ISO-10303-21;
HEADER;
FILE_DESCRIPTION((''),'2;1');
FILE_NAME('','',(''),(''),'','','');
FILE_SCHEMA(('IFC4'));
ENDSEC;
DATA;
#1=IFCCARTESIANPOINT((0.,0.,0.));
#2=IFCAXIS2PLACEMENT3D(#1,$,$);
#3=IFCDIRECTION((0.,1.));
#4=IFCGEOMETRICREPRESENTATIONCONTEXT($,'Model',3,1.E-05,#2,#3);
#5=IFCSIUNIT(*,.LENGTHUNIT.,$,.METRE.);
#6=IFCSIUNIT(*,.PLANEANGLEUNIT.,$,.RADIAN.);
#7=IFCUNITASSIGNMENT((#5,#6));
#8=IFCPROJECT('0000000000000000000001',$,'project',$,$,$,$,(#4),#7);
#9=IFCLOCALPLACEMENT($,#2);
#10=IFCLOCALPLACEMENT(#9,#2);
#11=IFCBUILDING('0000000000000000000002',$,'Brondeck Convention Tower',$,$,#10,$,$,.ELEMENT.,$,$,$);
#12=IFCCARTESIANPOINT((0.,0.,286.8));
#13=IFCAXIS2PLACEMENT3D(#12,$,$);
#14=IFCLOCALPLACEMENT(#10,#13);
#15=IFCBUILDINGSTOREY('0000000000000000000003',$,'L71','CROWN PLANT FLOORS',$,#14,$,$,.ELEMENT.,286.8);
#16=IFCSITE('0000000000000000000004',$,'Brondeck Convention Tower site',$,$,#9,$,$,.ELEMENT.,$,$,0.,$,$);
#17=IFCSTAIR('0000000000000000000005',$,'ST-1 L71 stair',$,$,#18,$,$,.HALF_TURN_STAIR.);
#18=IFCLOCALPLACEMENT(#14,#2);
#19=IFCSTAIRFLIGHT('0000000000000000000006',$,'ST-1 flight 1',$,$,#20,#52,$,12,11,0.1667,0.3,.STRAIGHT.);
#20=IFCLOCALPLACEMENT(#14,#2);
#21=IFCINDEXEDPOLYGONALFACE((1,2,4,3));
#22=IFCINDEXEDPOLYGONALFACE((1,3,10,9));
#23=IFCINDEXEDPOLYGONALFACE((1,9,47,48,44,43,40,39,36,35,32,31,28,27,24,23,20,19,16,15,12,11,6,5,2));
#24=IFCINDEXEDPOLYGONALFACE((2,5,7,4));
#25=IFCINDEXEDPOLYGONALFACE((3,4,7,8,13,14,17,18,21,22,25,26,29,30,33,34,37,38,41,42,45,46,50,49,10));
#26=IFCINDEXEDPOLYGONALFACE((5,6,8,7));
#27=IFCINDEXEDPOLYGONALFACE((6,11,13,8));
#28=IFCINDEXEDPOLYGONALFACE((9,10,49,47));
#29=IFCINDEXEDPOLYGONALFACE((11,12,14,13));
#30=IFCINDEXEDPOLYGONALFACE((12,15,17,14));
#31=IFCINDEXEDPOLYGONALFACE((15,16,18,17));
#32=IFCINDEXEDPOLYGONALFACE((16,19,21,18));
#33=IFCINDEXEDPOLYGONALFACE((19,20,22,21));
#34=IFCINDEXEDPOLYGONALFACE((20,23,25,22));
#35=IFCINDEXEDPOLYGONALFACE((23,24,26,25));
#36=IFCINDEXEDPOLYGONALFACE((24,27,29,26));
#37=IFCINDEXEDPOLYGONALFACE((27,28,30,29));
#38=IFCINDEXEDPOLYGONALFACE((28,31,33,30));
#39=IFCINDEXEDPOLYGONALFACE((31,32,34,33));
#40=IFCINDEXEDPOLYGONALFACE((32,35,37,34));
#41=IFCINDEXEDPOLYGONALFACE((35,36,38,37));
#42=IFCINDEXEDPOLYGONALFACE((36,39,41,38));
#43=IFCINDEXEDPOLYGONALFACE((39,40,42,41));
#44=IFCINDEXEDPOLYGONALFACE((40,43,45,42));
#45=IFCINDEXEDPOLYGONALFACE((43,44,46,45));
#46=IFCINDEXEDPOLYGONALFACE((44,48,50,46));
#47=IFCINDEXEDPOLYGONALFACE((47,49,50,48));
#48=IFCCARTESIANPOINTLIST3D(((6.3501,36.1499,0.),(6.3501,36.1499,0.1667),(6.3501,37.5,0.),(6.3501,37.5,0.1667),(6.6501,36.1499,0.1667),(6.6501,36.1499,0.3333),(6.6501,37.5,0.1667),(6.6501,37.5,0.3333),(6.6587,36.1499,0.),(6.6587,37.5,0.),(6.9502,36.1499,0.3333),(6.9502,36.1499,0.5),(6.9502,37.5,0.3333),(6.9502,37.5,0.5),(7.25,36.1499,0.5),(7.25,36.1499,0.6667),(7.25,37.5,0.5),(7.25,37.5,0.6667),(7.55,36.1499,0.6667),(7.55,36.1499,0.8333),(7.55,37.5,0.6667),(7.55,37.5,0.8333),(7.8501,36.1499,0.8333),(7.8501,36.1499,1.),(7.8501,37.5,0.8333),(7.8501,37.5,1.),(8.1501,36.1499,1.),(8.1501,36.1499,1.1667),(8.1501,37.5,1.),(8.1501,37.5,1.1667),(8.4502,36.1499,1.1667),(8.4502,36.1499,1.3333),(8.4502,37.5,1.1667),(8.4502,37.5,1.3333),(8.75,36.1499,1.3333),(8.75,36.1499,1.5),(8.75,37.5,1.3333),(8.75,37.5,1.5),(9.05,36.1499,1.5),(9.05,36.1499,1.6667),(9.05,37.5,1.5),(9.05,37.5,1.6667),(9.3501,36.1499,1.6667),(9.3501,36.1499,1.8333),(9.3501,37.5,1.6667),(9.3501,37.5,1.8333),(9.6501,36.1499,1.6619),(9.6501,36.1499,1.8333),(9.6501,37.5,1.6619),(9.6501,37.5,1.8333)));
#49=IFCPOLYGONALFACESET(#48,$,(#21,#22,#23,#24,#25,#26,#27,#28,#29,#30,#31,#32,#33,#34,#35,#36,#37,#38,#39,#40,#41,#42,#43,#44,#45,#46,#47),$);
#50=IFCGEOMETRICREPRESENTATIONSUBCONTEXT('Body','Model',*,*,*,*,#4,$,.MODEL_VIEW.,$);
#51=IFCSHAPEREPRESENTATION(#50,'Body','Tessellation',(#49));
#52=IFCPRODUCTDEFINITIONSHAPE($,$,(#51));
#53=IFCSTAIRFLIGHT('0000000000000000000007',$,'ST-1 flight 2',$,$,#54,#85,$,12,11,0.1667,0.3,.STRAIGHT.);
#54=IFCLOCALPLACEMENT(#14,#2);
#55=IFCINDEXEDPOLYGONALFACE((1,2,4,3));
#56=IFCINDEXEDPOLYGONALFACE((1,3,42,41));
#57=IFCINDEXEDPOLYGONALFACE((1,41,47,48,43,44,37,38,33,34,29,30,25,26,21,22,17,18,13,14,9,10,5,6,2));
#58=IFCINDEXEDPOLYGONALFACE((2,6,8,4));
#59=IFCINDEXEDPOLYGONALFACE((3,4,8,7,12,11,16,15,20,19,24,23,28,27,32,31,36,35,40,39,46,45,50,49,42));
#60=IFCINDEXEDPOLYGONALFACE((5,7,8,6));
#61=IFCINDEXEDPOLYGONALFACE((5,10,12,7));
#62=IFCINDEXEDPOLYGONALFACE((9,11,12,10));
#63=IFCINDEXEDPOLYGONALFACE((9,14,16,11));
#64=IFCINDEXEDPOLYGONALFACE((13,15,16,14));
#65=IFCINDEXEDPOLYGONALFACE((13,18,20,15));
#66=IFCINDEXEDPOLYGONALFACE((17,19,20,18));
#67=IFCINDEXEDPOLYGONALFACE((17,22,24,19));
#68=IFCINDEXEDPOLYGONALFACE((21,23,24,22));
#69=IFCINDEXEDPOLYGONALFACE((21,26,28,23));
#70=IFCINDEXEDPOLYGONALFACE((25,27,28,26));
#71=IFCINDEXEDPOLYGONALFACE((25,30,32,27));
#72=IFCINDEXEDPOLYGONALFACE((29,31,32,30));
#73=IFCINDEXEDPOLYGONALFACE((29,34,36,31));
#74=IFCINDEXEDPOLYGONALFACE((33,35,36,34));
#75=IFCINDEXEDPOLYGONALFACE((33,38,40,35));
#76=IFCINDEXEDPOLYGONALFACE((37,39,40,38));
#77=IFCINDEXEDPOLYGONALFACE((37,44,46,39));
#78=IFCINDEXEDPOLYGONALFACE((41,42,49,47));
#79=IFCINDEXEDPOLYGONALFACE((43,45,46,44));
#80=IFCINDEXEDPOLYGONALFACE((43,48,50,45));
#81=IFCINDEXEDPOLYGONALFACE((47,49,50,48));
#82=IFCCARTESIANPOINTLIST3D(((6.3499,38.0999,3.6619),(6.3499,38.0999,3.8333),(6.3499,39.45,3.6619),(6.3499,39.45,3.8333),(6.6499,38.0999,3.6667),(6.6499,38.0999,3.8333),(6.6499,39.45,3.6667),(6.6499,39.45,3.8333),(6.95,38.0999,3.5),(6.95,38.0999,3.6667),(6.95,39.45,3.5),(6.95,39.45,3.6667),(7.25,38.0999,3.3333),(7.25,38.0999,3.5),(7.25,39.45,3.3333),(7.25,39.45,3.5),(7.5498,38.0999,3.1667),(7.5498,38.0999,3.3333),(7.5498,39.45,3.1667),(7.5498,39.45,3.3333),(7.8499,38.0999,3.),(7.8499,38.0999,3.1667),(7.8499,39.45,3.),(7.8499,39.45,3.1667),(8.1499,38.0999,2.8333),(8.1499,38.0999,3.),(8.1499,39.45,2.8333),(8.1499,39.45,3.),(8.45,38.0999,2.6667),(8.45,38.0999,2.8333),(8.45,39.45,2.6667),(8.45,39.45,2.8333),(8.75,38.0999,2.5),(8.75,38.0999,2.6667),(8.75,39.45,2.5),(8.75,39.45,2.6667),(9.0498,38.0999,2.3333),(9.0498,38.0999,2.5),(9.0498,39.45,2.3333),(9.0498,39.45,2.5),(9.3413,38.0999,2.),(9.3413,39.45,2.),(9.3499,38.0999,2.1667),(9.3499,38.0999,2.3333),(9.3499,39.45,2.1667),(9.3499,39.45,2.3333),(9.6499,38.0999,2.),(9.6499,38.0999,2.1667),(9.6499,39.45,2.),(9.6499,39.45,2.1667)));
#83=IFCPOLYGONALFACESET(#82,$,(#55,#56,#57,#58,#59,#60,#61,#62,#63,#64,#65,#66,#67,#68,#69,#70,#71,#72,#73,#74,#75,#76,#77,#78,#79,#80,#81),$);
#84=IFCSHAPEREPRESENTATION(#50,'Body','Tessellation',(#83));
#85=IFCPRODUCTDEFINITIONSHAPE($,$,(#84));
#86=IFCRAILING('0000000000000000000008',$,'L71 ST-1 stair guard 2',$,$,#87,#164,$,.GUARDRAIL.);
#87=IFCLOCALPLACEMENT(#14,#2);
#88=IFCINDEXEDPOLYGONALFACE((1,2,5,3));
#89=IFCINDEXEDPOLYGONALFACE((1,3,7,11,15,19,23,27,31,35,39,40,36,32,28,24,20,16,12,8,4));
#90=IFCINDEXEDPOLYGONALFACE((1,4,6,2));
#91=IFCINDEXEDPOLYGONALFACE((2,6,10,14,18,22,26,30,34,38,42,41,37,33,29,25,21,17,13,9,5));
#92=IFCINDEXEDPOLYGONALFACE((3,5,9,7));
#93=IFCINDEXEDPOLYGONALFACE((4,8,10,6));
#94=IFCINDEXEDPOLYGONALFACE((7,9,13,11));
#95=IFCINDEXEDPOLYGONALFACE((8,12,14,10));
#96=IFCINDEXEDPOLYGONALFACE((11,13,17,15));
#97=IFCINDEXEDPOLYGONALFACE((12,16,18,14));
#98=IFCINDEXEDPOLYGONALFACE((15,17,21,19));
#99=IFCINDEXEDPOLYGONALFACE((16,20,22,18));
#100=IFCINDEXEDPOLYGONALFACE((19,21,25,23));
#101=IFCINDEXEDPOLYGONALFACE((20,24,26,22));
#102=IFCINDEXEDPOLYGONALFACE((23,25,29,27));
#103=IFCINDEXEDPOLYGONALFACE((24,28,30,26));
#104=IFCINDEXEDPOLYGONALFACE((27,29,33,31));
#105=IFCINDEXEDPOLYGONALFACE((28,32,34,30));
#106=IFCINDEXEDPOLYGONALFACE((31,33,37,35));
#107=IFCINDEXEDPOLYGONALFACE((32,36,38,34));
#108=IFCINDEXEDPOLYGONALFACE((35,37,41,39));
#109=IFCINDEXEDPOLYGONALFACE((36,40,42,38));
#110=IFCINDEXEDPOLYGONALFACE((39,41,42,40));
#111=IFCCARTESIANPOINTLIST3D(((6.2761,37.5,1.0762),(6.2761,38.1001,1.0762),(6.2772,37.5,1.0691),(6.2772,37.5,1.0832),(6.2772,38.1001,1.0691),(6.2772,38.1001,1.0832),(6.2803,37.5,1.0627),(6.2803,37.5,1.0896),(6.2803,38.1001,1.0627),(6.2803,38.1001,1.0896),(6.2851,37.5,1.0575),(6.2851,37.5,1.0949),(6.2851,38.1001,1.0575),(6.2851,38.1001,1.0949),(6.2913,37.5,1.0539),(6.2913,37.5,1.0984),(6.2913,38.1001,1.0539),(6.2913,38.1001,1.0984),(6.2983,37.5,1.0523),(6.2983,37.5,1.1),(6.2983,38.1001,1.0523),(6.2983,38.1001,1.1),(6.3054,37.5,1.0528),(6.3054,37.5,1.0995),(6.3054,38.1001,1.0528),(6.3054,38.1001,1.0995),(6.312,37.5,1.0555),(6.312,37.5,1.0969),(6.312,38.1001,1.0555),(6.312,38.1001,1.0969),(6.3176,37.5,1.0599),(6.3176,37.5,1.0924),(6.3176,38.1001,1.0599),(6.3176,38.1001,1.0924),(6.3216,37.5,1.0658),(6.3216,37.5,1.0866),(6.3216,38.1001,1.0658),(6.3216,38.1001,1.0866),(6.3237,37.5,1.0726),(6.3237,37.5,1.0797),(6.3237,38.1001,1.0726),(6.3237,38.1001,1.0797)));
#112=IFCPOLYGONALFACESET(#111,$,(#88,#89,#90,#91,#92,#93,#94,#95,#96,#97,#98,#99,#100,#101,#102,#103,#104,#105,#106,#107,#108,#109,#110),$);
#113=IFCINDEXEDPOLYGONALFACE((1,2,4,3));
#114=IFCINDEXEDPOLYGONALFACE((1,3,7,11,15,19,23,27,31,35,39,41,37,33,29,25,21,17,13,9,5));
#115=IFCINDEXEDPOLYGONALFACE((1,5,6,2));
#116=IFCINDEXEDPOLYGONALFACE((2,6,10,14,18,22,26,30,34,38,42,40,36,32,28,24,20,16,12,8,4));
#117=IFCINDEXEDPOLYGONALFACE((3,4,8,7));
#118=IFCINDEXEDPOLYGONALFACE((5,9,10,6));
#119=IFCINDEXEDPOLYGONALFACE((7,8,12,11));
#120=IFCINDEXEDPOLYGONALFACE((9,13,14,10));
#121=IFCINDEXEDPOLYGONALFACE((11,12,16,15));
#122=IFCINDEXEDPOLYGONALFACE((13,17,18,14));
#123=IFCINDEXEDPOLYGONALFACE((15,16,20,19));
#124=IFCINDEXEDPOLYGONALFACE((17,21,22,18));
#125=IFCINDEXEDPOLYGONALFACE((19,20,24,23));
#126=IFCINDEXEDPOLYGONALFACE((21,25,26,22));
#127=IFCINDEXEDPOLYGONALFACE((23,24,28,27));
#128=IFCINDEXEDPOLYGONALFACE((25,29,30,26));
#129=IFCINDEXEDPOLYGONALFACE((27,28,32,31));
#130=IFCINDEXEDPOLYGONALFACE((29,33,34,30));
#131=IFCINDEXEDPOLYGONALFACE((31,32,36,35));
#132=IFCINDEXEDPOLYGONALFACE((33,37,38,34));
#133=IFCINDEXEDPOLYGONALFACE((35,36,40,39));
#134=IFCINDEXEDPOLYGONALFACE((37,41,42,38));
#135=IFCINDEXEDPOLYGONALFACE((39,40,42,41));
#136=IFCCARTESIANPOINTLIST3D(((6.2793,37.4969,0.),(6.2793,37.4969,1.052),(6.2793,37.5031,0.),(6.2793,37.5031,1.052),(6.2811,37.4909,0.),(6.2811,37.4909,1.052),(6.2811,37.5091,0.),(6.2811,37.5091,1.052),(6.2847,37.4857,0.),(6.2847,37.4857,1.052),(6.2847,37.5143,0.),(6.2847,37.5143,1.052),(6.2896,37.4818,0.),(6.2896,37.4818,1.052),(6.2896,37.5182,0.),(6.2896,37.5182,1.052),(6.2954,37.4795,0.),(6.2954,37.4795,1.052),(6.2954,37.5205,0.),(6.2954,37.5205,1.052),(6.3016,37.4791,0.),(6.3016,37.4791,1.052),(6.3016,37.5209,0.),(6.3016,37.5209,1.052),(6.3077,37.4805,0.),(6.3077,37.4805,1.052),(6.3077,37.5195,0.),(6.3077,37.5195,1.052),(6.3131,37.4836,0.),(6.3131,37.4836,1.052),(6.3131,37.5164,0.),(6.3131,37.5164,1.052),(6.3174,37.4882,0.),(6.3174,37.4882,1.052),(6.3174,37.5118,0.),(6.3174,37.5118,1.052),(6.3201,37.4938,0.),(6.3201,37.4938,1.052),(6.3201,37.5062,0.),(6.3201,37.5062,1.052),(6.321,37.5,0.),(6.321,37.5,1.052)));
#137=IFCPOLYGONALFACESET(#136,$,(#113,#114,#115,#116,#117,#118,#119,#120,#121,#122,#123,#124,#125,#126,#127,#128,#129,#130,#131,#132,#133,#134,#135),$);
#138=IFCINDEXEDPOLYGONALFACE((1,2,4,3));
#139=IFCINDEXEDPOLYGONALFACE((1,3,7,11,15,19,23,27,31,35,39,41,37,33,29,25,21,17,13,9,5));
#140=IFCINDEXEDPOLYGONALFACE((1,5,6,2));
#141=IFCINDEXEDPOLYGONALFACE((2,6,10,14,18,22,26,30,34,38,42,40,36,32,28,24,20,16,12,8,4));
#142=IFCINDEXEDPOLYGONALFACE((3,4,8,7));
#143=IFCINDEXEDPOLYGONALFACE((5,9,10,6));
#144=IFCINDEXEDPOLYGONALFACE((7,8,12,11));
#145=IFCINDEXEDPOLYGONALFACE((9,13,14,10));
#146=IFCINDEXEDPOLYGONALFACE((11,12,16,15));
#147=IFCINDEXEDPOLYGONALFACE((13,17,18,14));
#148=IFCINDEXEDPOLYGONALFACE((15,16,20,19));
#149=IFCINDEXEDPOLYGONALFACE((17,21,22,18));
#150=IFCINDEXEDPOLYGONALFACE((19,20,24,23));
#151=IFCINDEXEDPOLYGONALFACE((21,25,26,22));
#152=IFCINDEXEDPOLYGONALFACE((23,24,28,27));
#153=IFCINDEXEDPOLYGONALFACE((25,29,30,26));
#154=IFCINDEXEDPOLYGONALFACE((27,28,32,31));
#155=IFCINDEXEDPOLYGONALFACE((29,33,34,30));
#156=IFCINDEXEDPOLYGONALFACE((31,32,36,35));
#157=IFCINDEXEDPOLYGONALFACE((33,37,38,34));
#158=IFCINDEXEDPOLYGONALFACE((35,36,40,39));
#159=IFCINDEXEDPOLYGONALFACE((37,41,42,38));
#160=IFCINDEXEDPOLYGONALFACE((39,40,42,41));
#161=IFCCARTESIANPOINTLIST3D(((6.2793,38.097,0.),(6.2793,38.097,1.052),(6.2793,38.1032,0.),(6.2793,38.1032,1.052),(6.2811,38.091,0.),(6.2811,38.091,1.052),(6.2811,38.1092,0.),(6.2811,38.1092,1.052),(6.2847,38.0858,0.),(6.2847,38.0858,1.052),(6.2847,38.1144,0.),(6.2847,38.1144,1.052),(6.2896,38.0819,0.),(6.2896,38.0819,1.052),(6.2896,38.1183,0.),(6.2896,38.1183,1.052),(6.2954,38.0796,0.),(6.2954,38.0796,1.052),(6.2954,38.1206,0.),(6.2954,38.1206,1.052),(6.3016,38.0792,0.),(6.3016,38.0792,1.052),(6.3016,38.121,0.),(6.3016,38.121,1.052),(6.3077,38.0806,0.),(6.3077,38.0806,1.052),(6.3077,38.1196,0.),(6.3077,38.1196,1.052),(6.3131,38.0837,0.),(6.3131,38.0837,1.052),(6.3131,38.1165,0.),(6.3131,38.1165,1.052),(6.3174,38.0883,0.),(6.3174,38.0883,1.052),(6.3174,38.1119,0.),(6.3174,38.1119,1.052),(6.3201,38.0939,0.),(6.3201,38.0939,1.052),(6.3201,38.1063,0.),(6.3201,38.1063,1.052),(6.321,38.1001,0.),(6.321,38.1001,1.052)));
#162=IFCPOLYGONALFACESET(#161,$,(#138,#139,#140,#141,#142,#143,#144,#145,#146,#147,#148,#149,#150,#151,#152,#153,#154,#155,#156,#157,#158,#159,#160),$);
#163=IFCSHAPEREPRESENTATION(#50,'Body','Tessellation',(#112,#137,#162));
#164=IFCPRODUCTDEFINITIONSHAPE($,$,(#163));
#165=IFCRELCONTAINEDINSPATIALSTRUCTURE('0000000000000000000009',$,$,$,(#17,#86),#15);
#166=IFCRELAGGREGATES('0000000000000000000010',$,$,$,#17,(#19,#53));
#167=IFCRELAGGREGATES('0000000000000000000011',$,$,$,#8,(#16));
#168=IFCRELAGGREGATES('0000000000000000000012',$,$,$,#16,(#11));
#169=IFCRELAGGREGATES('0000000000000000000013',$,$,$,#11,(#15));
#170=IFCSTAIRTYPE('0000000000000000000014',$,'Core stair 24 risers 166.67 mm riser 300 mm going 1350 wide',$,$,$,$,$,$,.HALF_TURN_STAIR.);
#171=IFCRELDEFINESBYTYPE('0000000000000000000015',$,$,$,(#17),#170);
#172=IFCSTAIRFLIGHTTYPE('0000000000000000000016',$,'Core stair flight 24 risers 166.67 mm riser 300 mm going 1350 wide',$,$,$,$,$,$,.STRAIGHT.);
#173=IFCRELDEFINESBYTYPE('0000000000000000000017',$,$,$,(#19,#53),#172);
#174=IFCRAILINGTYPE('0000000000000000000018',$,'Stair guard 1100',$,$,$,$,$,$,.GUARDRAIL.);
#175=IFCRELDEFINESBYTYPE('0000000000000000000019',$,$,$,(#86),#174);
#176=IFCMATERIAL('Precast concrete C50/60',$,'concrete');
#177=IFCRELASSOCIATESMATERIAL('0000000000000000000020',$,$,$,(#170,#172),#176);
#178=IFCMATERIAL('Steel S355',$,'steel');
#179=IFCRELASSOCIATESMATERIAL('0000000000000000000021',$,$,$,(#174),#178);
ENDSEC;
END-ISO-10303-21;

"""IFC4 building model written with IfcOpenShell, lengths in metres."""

from ifc_helpers import new_model, si_unit, direction, frame, origin, origin_2d, place, context, subcontext, project, spatial, polyline, circle, outline, extrude, material, type_object, element, aggregate, save


model = new_model("IFC4")

# Units and contexts
model_context = context("Model", 3, precision=1e-05, world=origin(), true_north=direction((0.0, 1.0)))
body_context = subcontext(model_context, "Body", "Model", "MODEL_VIEW")
ifc_project = project(units=[si_unit("LENGTHUNIT", "METRE"), si_unit("PLANEANGLEUNIT", "RADIAN")], contexts=[model_context])

# Site, building, storey
site_placement = place(None, origin())
site = spatial("IfcSite", under=ifc_project, at=site_placement, Name="Brondeck Convention Tower site", CompositionType="ELEMENT", RefElevation=0.0)
building_placement = place(site_placement, origin())
building = spatial("IfcBuilding", under=site, at=building_placement, Name="Brondeck Convention Tower", CompositionType="ELEMENT")
storey_placement = place(building_placement, frame((0.0, 0.0, 286.8)))
storey = spatial("IfcBuildingStorey", under=building, at=storey_placement, Name="L71", Description="CROWN PLANT FLOORS", CompositionType="ELEMENT", Elevation=286.8)

# Stair, stair flights
ifc_material_1 = material(Name="Precast concrete C50/60", Category="concrete")
stair_type = type_object("IfcStairType", Name="Core stair 24 risers 166.67 mm riser 300 mm going 1350 wide", PredefinedType="HALF_TURN_STAIR", material=ifc_material_1)
stair_placement = place(storey_placement, origin())
stair = element("IfcStair", 1, at=stair_placement, inside=storey, type_object=stair_type, Name="ST-1 L71 stair", PredefinedType="HALF_TURN_STAIR")
stair_flight_type = type_object("IfcStairFlightType", Name="Core stair flight 24 risers 166.67 mm riser 300 mm going 1350 wide", PredefinedType="STRAIGHT", material=ifc_material_1)
stair_flight_1_placement = place(storey_placement, frame((6.3501, 36.825, 0.0), z_axis=(0.0, 0.0, 1.0), x_axis=(1.0, 0.0, 0.0)))
stair_flight_1 = element("IfcStairFlight", 2, at=stair_flight_1_placement, type_object=stair_flight_type, Name="ST-1 flight 1", NumberOfRisers=12, NumberOfTreads=11, PredefinedType="STRAIGHT", RiserHeight=0.1667, TreadLength=0.3, context=body_context, shape_type="SweptSolid", body=[
    extrude(outline(polyline([(0.0, 0.0), (0.0, 0.1667), (0.3, 0.1667), (0.3, 0.3333), (0.6001, 0.3333), (0.6001, 0.5), (0.8999, 0.5), (0.8999, 0.6667), (1.2, 0.6667), (1.2, 0.8333), (1.5, 0.8333), (1.5, 1.0), (1.8, 1.0), (1.8, 1.1667), (2.1001, 1.1667), (2.1001, 1.3333), (2.3999, 1.3333), (2.3999, 1.5), (2.7, 1.5), (2.7, 1.6667), (3.0, 1.6667), (3.0, 1.8333), (3.3, 1.8333), (3.3, 2.0), (3.3, 1.6619), (0.3086, 0.0), (0.0, 0.0)])), frame((0.0, 0.675, 0.0), z_axis=(0.0, -1.0, 0.0), x_axis=(1.0, 0.0, 0.0)), (0.0, 0.0, 1.0), 1.3501),
])
stair_flight_2_placement = place(storey_placement, frame((9.6499, 38.7749, 2.0), z_axis=(0.0, 0.0, 1.0), x_axis=(-1.0, 0.0, 0.0)))
stair_flight_2 = element("IfcStairFlight", 3, at=stair_flight_2_placement, type_object=stair_flight_type, Name="ST-1 flight 2", NumberOfRisers=12, NumberOfTreads=11, PredefinedType="STRAIGHT", RiserHeight=0.1667, TreadLength=0.3, context=body_context, shape_type="SweptSolid", body=[
    extrude(outline(polyline([(0.0, 0.0), (0.0, 0.1667), (0.3, 0.1667), (0.3, 0.3333), (0.6001, 0.3333), (0.6001, 0.5), (0.8999, 0.5), (0.8999, 0.6667), (1.2, 0.6667), (1.2, 0.8333), (1.5, 0.8333), (1.5, 1.0), (1.8, 1.0), (1.8, 1.1667), (2.1001, 1.1667), (2.1001, 1.3333), (2.3999, 1.3333), (2.3999, 1.5), (2.7, 1.5), (2.7, 1.6667), (3.0, 1.6667), (3.0, 1.8333), (3.3, 1.8333), (3.3, 2.0), (3.3, 1.6619), (0.3086, 0.0), (0.0, 0.0)])), frame((0.0, 0.675, 0.0), z_axis=(0.0, -1.0, 0.0), x_axis=(1.0, 0.0, 0.0)), (0.0, 0.0, 1.0), 1.3501),
])
aggregate(stair, [stair_flight_1, stair_flight_2])

# Railing
ifc_material_2 = material(Name="Steel S355", Category="steel")
railing_type_1 = type_object("IfcRailingType", Name="Stair guard 1100", PredefinedType="GUARDRAIL", material=ifc_material_2)
railing_1_placement = place(storey_placement, frame((6.3, 37.5, 0.0)))
element("IfcRailing", 4, at=railing_1_placement, inside=storey, type_object=railing_type_1, Name="L71 ST-1 stair guard 2", PredefinedType="GUARDRAIL", context=body_context, shape_type="SweptSolid", body=[
    extrude(circle(Radius=0.0239, at=origin_2d()), frame((0.0, 0.0, 1.0762), z_axis=(0.0, 1.0, 0.0), x_axis=(-1.0, 0.0, 0.0)), (0.0, 0.0, 1.0), 0.6001),
    extrude(circle(Radius=0.021, at=origin_2d()), origin(), (0.0, 0.0, 1.0), 1.052),
    extrude(circle(Radius=0.021, at=origin_2d()), frame((0.0, 0.6001, 0.0)), (0.0, 0.0, 1.0), 1.052),
])

save(model, "model.ifc")
